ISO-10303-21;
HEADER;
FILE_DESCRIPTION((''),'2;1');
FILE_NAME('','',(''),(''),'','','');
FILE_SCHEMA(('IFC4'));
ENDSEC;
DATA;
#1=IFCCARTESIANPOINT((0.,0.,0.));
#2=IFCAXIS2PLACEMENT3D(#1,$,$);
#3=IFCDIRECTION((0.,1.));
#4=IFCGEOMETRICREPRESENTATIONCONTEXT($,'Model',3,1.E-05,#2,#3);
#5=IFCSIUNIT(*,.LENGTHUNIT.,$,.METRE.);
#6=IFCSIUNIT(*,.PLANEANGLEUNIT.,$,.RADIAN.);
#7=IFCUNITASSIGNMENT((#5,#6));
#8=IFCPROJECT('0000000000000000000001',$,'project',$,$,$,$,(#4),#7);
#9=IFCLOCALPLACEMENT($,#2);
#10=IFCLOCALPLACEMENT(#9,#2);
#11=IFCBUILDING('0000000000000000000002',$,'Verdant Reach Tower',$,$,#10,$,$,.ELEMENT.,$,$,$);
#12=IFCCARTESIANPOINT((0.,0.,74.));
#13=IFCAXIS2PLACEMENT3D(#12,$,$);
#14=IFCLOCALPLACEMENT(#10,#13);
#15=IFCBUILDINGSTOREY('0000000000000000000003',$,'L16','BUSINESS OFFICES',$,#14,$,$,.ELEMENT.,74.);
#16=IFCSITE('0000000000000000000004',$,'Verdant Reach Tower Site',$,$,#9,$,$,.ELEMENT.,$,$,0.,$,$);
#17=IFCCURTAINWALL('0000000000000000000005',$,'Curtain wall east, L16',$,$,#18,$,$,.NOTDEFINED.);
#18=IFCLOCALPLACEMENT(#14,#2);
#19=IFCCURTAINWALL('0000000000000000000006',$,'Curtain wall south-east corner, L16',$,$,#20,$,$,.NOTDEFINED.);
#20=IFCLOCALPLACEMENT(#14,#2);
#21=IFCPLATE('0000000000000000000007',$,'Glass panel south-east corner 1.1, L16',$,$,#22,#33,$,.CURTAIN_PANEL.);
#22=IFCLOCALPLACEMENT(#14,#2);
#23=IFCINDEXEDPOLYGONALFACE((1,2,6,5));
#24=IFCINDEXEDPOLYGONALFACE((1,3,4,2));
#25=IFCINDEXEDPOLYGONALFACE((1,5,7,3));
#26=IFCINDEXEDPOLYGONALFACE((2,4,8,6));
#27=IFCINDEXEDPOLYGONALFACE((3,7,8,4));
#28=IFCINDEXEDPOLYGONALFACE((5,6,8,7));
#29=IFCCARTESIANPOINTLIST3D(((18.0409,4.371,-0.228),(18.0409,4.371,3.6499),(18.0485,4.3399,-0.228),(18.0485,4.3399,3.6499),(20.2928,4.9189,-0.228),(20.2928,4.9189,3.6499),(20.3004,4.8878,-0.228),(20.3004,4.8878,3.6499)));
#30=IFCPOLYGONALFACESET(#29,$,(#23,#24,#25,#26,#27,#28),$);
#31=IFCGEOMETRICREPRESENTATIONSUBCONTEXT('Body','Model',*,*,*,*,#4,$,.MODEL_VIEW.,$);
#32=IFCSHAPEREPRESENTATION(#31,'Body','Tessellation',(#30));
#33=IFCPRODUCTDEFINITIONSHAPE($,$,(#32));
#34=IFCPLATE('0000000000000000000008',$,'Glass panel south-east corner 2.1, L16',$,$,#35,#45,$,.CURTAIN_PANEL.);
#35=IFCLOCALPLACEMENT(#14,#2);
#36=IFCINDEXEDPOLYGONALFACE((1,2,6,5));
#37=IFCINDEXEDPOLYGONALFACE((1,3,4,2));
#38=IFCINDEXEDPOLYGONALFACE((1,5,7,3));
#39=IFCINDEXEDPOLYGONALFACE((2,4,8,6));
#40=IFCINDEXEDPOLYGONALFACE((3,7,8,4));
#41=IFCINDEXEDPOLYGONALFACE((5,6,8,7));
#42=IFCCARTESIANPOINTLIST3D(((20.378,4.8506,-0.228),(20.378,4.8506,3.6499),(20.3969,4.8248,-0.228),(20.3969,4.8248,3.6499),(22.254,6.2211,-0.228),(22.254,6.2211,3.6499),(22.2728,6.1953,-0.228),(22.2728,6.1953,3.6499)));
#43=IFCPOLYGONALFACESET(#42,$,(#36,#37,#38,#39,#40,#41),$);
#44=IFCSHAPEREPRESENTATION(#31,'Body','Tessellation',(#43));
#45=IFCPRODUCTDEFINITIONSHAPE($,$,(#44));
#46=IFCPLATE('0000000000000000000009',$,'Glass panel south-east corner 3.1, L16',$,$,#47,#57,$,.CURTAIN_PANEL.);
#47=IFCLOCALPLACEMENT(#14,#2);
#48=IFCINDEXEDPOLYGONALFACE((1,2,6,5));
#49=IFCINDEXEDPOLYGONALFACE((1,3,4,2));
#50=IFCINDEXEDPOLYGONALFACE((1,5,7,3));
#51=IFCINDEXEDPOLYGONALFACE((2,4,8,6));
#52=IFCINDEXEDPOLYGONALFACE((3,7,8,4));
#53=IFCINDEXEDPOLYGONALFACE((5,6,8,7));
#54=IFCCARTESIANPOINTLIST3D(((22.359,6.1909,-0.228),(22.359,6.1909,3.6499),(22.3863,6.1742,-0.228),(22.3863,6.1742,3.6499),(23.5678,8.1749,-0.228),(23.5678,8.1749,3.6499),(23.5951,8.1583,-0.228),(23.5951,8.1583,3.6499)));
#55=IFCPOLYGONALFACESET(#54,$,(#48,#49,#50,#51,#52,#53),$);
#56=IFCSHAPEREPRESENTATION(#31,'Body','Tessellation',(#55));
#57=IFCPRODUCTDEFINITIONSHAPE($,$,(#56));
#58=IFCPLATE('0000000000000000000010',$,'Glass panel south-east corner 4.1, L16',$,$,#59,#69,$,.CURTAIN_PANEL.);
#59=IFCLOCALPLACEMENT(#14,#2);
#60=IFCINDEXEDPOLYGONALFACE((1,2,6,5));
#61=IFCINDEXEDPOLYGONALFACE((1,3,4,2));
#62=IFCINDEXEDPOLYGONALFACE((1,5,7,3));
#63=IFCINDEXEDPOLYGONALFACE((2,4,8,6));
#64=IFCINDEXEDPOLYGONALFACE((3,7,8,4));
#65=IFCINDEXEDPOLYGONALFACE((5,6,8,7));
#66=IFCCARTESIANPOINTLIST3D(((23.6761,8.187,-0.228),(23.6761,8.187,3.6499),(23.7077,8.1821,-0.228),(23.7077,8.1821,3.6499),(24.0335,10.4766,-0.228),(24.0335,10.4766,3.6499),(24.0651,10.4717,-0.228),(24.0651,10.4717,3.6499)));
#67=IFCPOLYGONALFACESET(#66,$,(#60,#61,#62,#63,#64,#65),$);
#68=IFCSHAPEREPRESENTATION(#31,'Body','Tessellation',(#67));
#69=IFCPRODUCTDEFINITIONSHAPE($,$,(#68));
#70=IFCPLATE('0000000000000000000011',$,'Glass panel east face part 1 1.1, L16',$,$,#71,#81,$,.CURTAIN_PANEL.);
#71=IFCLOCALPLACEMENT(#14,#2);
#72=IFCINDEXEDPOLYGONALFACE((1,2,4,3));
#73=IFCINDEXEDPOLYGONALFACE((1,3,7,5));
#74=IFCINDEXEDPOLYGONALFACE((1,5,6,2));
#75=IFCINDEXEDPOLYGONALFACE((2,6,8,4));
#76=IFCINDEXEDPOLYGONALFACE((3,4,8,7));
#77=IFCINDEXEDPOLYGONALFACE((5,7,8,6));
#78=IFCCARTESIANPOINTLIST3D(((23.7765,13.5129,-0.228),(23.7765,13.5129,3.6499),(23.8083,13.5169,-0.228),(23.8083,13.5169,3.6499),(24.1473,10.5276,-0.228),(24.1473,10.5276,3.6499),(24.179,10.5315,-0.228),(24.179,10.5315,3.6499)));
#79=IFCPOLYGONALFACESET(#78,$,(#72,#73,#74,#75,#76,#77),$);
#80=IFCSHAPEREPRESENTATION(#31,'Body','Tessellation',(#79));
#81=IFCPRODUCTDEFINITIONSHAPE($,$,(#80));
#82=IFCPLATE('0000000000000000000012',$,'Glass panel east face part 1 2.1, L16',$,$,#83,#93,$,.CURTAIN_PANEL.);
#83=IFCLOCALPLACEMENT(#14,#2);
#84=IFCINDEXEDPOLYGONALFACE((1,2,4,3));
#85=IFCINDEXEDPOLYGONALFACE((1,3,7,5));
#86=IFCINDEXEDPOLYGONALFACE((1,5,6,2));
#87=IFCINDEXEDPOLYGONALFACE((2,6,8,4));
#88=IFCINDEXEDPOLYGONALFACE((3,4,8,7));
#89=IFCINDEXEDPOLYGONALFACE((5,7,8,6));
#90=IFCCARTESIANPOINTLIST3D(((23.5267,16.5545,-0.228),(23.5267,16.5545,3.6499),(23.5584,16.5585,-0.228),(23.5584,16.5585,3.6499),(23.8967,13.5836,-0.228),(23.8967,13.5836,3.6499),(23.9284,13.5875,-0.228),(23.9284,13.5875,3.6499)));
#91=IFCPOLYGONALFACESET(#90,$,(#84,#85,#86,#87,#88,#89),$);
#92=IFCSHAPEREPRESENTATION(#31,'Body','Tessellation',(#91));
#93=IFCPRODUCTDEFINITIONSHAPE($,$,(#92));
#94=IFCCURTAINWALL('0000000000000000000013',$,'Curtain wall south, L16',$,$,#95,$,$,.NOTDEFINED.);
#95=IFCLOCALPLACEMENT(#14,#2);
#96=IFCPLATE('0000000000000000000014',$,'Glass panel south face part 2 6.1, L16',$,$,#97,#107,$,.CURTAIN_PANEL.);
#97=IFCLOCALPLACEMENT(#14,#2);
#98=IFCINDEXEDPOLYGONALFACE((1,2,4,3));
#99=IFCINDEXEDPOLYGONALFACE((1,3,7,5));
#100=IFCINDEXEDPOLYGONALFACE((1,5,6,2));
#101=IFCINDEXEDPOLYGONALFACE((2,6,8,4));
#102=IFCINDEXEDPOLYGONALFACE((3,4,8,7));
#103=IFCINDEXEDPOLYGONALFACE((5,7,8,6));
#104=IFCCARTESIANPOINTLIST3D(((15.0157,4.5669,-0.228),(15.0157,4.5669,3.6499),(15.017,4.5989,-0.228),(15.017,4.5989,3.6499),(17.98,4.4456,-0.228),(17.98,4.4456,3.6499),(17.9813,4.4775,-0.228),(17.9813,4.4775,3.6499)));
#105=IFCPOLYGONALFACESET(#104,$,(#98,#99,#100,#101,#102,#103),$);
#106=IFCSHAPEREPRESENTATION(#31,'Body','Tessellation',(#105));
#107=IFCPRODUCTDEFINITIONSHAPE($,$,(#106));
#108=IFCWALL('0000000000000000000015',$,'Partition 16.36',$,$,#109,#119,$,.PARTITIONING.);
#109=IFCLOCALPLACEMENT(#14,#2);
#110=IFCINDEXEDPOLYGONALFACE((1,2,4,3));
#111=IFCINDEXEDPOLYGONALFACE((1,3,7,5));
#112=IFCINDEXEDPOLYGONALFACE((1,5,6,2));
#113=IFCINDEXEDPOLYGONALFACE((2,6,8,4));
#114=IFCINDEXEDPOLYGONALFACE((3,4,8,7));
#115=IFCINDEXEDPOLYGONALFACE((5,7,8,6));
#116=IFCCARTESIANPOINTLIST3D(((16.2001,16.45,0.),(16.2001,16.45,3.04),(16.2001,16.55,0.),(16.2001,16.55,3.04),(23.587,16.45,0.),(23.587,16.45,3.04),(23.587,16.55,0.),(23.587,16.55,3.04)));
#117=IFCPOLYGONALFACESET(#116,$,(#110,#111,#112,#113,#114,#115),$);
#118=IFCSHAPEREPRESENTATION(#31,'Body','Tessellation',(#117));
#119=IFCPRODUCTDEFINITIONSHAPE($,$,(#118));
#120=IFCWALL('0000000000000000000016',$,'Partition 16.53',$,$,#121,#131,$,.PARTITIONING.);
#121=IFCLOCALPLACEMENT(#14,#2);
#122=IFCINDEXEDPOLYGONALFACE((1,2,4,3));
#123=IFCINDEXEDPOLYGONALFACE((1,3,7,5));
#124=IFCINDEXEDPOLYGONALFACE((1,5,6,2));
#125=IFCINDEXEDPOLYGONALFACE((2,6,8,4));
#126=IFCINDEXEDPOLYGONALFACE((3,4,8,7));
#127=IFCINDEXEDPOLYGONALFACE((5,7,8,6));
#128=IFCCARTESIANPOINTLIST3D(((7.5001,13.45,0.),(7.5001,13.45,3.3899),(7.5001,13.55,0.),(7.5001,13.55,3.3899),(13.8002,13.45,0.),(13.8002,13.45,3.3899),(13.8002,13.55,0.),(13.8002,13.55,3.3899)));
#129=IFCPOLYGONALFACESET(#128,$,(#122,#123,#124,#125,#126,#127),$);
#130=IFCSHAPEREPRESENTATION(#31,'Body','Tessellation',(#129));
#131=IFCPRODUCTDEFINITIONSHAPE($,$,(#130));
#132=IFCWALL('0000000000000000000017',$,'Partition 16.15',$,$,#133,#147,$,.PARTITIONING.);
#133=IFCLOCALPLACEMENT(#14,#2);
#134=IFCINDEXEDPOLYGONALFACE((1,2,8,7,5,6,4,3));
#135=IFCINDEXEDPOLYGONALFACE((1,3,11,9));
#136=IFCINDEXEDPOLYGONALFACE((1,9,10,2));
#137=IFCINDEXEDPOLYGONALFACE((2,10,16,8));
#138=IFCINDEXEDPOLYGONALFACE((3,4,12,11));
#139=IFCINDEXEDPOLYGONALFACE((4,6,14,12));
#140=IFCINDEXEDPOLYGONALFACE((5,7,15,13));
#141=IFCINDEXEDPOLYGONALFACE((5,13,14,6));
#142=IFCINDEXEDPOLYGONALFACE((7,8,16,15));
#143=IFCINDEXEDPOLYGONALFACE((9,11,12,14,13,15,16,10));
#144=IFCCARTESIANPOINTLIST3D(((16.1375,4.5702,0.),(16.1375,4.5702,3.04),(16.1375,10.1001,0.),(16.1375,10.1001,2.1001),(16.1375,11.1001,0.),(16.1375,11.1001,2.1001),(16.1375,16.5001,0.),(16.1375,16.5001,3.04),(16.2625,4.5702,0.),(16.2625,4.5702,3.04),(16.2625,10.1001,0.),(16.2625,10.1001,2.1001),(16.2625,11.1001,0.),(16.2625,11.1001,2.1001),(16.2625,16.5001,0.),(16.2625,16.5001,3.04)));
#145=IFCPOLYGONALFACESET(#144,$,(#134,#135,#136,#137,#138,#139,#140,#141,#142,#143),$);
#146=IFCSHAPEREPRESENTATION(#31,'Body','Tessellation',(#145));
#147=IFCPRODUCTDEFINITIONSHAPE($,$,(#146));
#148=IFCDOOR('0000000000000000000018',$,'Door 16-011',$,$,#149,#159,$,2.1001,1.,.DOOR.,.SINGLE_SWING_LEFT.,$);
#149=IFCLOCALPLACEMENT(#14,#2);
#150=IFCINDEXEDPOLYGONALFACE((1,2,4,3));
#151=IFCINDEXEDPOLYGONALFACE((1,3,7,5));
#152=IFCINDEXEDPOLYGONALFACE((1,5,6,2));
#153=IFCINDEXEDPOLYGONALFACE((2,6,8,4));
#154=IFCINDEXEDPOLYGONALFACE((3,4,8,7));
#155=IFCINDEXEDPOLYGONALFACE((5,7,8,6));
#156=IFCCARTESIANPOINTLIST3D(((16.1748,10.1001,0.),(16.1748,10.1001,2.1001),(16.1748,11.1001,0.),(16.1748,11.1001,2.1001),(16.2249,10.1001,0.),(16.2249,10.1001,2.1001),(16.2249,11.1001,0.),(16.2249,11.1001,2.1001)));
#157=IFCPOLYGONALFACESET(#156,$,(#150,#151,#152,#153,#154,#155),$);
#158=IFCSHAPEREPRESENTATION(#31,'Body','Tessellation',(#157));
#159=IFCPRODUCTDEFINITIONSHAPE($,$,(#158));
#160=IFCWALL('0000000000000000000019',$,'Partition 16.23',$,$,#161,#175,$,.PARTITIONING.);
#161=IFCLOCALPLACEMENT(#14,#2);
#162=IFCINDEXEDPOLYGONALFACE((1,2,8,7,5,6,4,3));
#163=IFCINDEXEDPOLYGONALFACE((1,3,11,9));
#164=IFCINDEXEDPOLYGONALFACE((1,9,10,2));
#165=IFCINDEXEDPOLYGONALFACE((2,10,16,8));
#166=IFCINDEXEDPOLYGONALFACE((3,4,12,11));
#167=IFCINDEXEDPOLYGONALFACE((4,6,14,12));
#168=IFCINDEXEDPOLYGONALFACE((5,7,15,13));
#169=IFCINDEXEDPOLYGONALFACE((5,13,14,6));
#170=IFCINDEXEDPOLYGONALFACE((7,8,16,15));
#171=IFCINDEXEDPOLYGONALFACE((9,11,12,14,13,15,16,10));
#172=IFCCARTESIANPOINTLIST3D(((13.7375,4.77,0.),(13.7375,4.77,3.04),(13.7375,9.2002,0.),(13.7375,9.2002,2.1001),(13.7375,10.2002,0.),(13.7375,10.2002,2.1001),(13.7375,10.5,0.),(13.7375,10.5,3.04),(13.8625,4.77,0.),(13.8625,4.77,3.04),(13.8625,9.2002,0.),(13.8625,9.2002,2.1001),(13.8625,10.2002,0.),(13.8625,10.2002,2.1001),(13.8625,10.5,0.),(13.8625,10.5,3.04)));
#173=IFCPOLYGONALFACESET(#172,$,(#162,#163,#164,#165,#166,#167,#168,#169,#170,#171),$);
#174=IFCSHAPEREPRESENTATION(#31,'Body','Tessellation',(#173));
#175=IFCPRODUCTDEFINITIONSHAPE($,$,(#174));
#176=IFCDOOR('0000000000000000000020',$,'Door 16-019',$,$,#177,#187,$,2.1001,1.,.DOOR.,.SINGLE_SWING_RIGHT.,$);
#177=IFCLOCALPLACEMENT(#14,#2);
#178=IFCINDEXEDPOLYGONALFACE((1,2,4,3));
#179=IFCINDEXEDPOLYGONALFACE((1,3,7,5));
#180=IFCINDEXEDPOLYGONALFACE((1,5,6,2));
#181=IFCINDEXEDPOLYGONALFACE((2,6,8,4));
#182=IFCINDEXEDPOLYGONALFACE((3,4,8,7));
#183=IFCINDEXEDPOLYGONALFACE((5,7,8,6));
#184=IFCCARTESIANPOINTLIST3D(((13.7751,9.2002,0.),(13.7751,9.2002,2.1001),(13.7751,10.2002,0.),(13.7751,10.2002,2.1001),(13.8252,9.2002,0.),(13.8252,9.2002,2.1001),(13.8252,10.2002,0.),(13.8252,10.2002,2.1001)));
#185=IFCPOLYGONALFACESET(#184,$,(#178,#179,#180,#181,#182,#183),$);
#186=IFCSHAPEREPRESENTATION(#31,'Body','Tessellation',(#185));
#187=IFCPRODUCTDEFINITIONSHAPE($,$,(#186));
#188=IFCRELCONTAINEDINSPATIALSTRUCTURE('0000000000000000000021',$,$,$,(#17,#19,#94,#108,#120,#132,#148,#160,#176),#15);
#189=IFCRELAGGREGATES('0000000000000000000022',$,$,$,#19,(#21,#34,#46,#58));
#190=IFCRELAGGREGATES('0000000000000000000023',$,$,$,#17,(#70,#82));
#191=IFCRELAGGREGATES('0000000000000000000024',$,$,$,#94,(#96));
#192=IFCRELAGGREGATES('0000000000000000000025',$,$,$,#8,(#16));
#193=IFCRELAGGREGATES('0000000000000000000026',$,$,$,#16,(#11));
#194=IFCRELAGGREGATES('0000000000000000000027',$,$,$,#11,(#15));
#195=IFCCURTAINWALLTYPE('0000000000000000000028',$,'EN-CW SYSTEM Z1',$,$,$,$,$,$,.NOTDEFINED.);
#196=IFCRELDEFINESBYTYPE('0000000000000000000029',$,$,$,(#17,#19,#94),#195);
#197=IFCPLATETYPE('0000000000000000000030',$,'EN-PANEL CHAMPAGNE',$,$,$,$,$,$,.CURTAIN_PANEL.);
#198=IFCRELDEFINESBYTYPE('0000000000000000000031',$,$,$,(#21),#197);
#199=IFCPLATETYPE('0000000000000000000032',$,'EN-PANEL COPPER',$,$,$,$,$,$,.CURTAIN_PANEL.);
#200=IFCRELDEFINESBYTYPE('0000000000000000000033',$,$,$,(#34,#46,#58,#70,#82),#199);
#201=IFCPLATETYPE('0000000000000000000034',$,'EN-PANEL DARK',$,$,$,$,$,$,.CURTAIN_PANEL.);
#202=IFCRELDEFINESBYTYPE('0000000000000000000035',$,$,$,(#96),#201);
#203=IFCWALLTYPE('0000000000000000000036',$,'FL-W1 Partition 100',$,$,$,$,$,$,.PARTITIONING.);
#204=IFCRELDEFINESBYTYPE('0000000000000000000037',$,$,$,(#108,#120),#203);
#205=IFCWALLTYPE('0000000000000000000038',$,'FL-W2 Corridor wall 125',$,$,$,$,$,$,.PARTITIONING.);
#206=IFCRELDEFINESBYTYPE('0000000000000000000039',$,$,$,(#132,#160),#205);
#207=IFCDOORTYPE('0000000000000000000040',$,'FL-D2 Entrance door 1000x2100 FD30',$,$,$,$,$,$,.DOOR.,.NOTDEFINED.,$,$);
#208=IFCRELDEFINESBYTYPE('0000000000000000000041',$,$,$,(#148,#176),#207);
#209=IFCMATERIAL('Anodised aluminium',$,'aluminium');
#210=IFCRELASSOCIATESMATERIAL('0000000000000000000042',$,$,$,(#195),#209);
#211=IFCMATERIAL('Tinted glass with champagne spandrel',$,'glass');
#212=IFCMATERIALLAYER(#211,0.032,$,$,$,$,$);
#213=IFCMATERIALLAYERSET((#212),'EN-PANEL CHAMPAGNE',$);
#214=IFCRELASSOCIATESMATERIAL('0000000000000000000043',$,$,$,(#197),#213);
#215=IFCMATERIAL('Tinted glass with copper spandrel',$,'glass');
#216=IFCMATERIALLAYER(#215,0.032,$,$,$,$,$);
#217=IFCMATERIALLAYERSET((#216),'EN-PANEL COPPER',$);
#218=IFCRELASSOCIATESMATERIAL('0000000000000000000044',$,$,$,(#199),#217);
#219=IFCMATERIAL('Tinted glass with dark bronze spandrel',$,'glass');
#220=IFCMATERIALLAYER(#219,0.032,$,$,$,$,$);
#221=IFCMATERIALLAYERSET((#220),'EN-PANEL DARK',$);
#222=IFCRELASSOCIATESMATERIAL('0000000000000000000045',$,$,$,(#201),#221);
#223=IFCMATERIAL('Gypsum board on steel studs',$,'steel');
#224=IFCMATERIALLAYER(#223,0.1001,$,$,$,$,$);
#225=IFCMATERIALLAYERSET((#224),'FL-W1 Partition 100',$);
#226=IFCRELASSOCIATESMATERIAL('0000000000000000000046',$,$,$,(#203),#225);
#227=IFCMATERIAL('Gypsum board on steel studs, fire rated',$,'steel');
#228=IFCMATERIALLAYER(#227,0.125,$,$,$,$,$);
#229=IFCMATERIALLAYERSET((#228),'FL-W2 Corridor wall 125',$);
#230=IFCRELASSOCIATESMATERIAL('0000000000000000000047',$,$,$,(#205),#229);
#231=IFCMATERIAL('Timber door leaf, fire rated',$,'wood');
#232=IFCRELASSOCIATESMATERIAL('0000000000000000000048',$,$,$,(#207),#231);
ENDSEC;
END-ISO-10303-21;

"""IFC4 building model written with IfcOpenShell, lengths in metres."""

from ifc_helpers import new_model, si_unit, direction, frame, frame_2d, origin, origin_2d, place, context, subcontext, project, spatial, rectangle, extrude, material, layer, layer_set, type_object, element, fill, aggregate, save


model = new_model("IFC4")

# Units and contexts
model_context = context("Model", 3, precision=1e-05, world=origin(), true_north=direction((0.0, 1.0)))
body_context = subcontext(model_context, "Body", "Model", "MODEL_VIEW")
ifc_project = project(units=[si_unit("LENGTHUNIT", "METRE"), si_unit("PLANEANGLEUNIT", "RADIAN")], contexts=[model_context])

# Site, building, storey
site_placement = place(None, origin())
site = spatial("IfcSite", under=ifc_project, at=site_placement, Name="Verdant Reach Tower Site", CompositionType="ELEMENT", RefElevation=0.0)
building_placement = place(site_placement, origin())
building = spatial("IfcBuilding", under=site, at=building_placement, Name="Verdant Reach Tower", CompositionType="ELEMENT")
storey_placement = place(building_placement, frame((0.0, 0.0, 74.0)))
storey = spatial("IfcBuildingStorey", under=building, at=storey_placement, Name="L16", Description="BUSINESS OFFICES", CompositionType="ELEMENT", Elevation=74.0)

# Curtain wall
ifc_material_1 = material(Name="Anodised aluminium", Category="aluminium")
curtain_wall_type = type_object("IfcCurtainWallType", Name="EN-CW SYSTEM Z1", PredefinedType="NOTDEFINED", material=ifc_material_1)
curtain_wall_1_placement = place(storey_placement, origin())
curtain_wall_1 = element("IfcCurtainWall", 1, at=curtain_wall_1_placement, inside=storey, type_object=curtain_wall_type, Name="Curtain wall east, L16", PredefinedType="NOTDEFINED")

# Curtain wall, plates
curtain_wall_2_placement = place(storey_placement, origin())
curtain_wall_2 = element("IfcCurtainWall", 2, at=curtain_wall_2_placement, inside=storey, type_object=curtain_wall_type, Name="Curtain wall south-east corner, L16", PredefinedType="NOTDEFINED")
ifc_material_2 = material(Name="Tinted glass with champagne spandrel", Category="glass")
ifc_layer_1 = layer(ifc_material_2, 0.032)
ifc_layer_set_1 = layer_set([ifc_layer_1], Name="EN-PANEL CHAMPAGNE")
plate_type_1 = type_object("IfcPlateType", Name="EN-PANEL CHAMPAGNE", PredefinedType="CURTAIN_PANEL", material=ifc_layer_set_1)
plate_1_placement = place(storey_placement, frame((19.1707, 4.6294, -0.228), z_axis=(0.0, 0.0, 1.0), x_axis=(0.971661, 0.23638, 0.0)))
plate_1 = element("IfcPlate", 3, at=plate_1_placement, type_object=plate_type_1, Name="Glass panel south-east corner 1.1, L16", PredefinedType="CURTAIN_PANEL", context=body_context, shape_type="SweptSolid", body=[
    extrude(rectangle(XDim=2.3176, YDim=0.032, at=origin_2d()), origin(), (0.0, 0.0, 1.0), 3.8779),
])
ifc_material_3 = material(Name="Tinted glass with copper spandrel", Category="glass")
ifc_layer_2 = layer(ifc_material_3, 0.032)
ifc_layer_set_2 = layer_set([ifc_layer_2], Name="EN-PANEL COPPER")
plate_type_2 = type_object("IfcPlateType", Name="EN-PANEL COPPER", PredefinedType="CURTAIN_PANEL", material=ifc_layer_set_2)
plate_2_placement = place(storey_placement, frame((21.3254, 5.5229, -0.228), z_axis=(0.0, 0.0, 1.0), x_axis=(0.807457, 0.589927, 0.0)))
plate_2 = element("IfcPlate", 4, at=plate_2_placement, type_object=plate_type_2, Name="Glass panel south-east corner 2.1, L16", PredefinedType="CURTAIN_PANEL", context=body_context, shape_type="SweptSolid", body=[
    extrude(rectangle(XDim=2.3232, YDim=0.032, at=origin_2d()), origin(), (0.0, 0.0, 1.0), 3.8779),
])
plate_3_placement = place(storey_placement, frame((22.9771, 7.1746, -0.228), z_axis=(0.0, 0.0, 1.0), x_axis=(0.520292, 0.853989, 0.0)))
plate_3 = element("IfcPlate", 5, at=plate_3_placement, type_object=plate_type_2, Name="Glass panel south-east corner 3.1, L16", PredefinedType="CURTAIN_PANEL", context=body_context, shape_type="SweptSolid", body=[
    extrude(rectangle(XDim=2.3232, YDim=0.032, at=origin_2d()), origin(), (0.0, 0.0, 1.0), 3.8779),
])
plate_4_placement = place(storey_placement, frame((23.8706, 9.3293, -0.228), z_axis=(0.0, 0.0, 1.0), x_axis=(0.154248, 0.988032, 0.0)))
plate_4 = element("IfcPlate", 6, at=plate_4_placement, type_object=plate_type_2, Name="Glass panel south-east corner 4.1, L16", PredefinedType="CURTAIN_PANEL", context=body_context, shape_type="SweptSolid", body=[
    extrude(rectangle(XDim=2.3174, YDim=0.032, at=origin_2d()), origin(), (0.0, 0.0, 1.0), 3.8779),
])
aggregate(curtain_wall_2, [plate_1, plate_2, plate_3, plate_4])

# Plates
plate_5_placement = place(storey_placement, frame((23.9778, 12.0222, -0.228), z_axis=(0.0, 0.0, 1.0), x_axis=(-0.123256, 0.992375, 0.0)))
plate_5 = element("IfcPlate", 7, at=plate_5_placement, type_object=plate_type_2, Name="Glass panel east face part 1 1.1, L16", PredefinedType="CURTAIN_PANEL", context=body_context, shape_type="SweptSolid", body=[
    extrude(rectangle(XDim=3.0083, YDim=0.032, at=origin_2d()), origin(), (0.0, 0.0, 1.0), 3.8779),
])
plate_6_placement = place(storey_placement, frame((23.7275, 15.071, -0.228), z_axis=(0.0, 0.0, 1.0), x_axis=(-0.123579, 0.992335, 0.0)))
plate_6 = element("IfcPlate", 8, at=plate_6_placement, type_object=plate_type_2, Name="Glass panel east face part 1 2.1, L16", PredefinedType="CURTAIN_PANEL", context=body_context, shape_type="SweptSolid", body=[
    extrude(rectangle(XDim=2.9939, YDim=0.032, at=origin_2d()), origin(), (0.0, 0.0, 1.0), 3.8779),
])
aggregate(curtain_wall_1, [plate_5, plate_6])

# Curtain wall, plate
curtain_wall_3_placement = place(storey_placement, origin())
curtain_wall_3 = element("IfcCurtainWall", 9, at=curtain_wall_3_placement, inside=storey, type_object=curtain_wall_type, Name="Curtain wall south, L16", PredefinedType="NOTDEFINED")
ifc_material_4 = material(Name="Tinted glass with dark bronze spandrel", Category="glass")
ifc_layer_3 = layer(ifc_material_4, 0.032)
ifc_layer_set_3 = layer_set([ifc_layer_3], Name="EN-PANEL DARK")
plate_type_3 = type_object("IfcPlateType", Name="EN-PANEL DARK", PredefinedType="CURTAIN_PANEL", material=ifc_layer_set_3)
plate_7_placement = place(storey_placement, frame((16.4985, 4.5222, -0.228), z_axis=(0.0, 0.0, 1.0), x_axis=(0.999163, -0.04091, 0.0)))
plate_7 = element("IfcPlate", 10, at=plate_7_placement, type_object=plate_type_3, Name="Glass panel south face part 2 6.1, L16", PredefinedType="CURTAIN_PANEL", context=body_context, shape_type="SweptSolid", body=[
    extrude(rectangle(XDim=2.9668, YDim=0.032, at=origin_2d()), origin(), (0.0, 0.0, 1.0), 3.8779),
])
aggregate(curtain_wall_3, [plate_7])

# Walls
ifc_material_5 = material(Name="Gypsum board on steel studs", Category="steel")
ifc_layer_4 = layer(ifc_material_5, 0.1001)
ifc_layer_set_4 = layer_set([ifc_layer_4], Name="FL-W1 Partition 100")
wall_type_1 = type_object("IfcWallType", Name="FL-W1 Partition 100", PredefinedType="PARTITIONING", material=ifc_layer_set_4)
wall_1_placement = place(storey_placement, frame((23.5869, 16.5, 0.0), z_axis=(0.0, 0.0, 1.0), x_axis=(-1.0, 0.0, 0.0)))
element("IfcWall", 11, at=wall_1_placement, inside=storey, type_object=wall_type_1, Name="Partition 16.36", PredefinedType="PARTITIONING", context=body_context, shape_type="SweptSolid", body=[
    extrude(rectangle(XDim=7.387, YDim=0.1001, at=frame_2d((3.6934, 0.0))), origin(), (0.0, 0.0, 1.0), 3.04),
])
wall_2_placement = place(storey_placement, frame((13.8, 13.5, 0.0), z_axis=(0.0, 0.0, 1.0), x_axis=(-1.0, 0.0, 0.0)))
element("IfcWall", 12, at=wall_2_placement, inside=storey, type_object=wall_type_1, Name="Partition 16.53", PredefinedType="PARTITIONING", context=body_context, shape_type="SweptSolid", body=[
    extrude(rectangle(XDim=6.3, YDim=0.1001, at=frame_2d((3.1499, 0.0))), origin(), (0.0, 0.0, 1.0), 3.3899),
])

# Walls, openings, doors
ifc_material_6 = material(Name="Gypsum board on steel studs, fire rated", Category="steel")
ifc_layer_5 = layer(ifc_material_6, 0.125)
ifc_layer_set_5 = layer_set([ifc_layer_5], Name="FL-W2 Corridor wall 125")
wall_type_2 = type_object("IfcWallType", Name="FL-W2 Corridor wall 125", PredefinedType="PARTITIONING", material=ifc_layer_set_5)
wall_3_placement = place(storey_placement, frame((16.2, 16.5, 0.0), z_axis=(0.0, 0.0, 1.0), x_axis=(0.0, -1.0, 0.0)))
wall_3 = element("IfcWall", 13, at=wall_3_placement, inside=storey, type_object=wall_type_2, Name="Partition 16.15", PredefinedType="PARTITIONING", context=body_context, shape_type="SweptSolid", body=[
    extrude(rectangle(XDim=11.9299, YDim=0.125, at=frame_2d((5.9648, 0.0))), origin(), (0.0, 0.0, 1.0), 3.04),
])
opening_1_placement = place(wall_3_placement, frame((5.3999, 0.0, 0.0)))
opening_1 = element("IfcOpeningElement", 14, at=opening_1_placement, cuts=wall_3, PredefinedType="OPENING", context=body_context, shape_type="SweptSolid", body=[
    extrude(rectangle(XDim=1.0, YDim=2.1001, at=frame_2d((0.5, 1.05))), frame((0.0, 0.0725, 0.0), z_axis=(0.0, -1.0, 0.0), x_axis=(1.0, 0.0, 0.0)), (0.0, 0.0, 1.0), 0.145),
])
ifc_material_7 = material(Name="Timber door leaf, fire rated", Category="wood")
door_type = type_object("IfcDoorType", Name="FL-D2 Entrance door 1000x2100 FD30", OperationType="NOTDEFINED", PredefinedType="DOOR", material=ifc_material_7)
door_1_placement = place(opening_1_placement, origin())
door_1 = element("IfcDoor", 15, at=door_1_placement, inside=storey, type_object=door_type, Name="Door 16-011", OperationType="SINGLE_SWING_LEFT", OverallHeight=2.1001, OverallWidth=1.0, PredefinedType="DOOR", context=body_context, shape_type="SweptSolid", body=[
    extrude(rectangle(XDim=1.0, YDim=2.1001, at=frame_2d((0.5, 1.05))), frame((0.0, 0.0249, 0.0), z_axis=(0.0, -1.0, 0.0), x_axis=(1.0, 0.0, 0.0)), (0.0, 0.0, 1.0), 0.05),
])
fill(opening_1, door_1)
wall_4_placement = place(storey_placement, frame((13.8, 4.77, 0.0), z_axis=(0.0, 0.0, 1.0), x_axis=(0.0, 1.0, 0.0)))
wall_4 = element("IfcWall", 16, at=wall_4_placement, inside=storey, type_object=wall_type_2, Name="Partition 16.23", PredefinedType="PARTITIONING", context=body_context, shape_type="SweptSolid", body=[
    extrude(rectangle(XDim=5.73, YDim=0.125, at=frame_2d((2.865, 0.0))), origin(), (0.0, 0.0, 1.0), 3.04),
])
opening_2_placement = place(wall_4_placement, frame((4.4302, 0.0, 0.0)))
opening_2 = element("IfcOpeningElement", 17, at=opening_2_placement, cuts=wall_4, PredefinedType="OPENING", context=body_context, shape_type="SweptSolid", body=[
    extrude(rectangle(XDim=1.0, YDim=2.1001, at=frame_2d((0.5, 1.05))), frame((0.0, 0.0725, 0.0), z_axis=(0.0, -1.0, 0.0), x_axis=(1.0, 0.0, 0.0)), (0.0, 0.0, 1.0), 0.145),
])
door_2_placement = place(opening_2_placement, origin())
door_2 = element("IfcDoor", 18, at=door_2_placement, inside=storey, type_object=door_type, Name="Door 16-019", OperationType="SINGLE_SWING_RIGHT", OverallHeight=2.1001, OverallWidth=1.0, PredefinedType="DOOR", context=body_context, shape_type="SweptSolid", body=[
    extrude(rectangle(XDim=1.0, YDim=2.1001, at=frame_2d((0.5, 1.05))), frame((0.0, 0.0249, 0.0), z_axis=(0.0, -1.0, 0.0), x_axis=(1.0, 0.0, 0.0)), (0.0, 0.0, 1.0), 0.05),
])
fill(opening_2, door_2)

save(model, "model.ifc")
